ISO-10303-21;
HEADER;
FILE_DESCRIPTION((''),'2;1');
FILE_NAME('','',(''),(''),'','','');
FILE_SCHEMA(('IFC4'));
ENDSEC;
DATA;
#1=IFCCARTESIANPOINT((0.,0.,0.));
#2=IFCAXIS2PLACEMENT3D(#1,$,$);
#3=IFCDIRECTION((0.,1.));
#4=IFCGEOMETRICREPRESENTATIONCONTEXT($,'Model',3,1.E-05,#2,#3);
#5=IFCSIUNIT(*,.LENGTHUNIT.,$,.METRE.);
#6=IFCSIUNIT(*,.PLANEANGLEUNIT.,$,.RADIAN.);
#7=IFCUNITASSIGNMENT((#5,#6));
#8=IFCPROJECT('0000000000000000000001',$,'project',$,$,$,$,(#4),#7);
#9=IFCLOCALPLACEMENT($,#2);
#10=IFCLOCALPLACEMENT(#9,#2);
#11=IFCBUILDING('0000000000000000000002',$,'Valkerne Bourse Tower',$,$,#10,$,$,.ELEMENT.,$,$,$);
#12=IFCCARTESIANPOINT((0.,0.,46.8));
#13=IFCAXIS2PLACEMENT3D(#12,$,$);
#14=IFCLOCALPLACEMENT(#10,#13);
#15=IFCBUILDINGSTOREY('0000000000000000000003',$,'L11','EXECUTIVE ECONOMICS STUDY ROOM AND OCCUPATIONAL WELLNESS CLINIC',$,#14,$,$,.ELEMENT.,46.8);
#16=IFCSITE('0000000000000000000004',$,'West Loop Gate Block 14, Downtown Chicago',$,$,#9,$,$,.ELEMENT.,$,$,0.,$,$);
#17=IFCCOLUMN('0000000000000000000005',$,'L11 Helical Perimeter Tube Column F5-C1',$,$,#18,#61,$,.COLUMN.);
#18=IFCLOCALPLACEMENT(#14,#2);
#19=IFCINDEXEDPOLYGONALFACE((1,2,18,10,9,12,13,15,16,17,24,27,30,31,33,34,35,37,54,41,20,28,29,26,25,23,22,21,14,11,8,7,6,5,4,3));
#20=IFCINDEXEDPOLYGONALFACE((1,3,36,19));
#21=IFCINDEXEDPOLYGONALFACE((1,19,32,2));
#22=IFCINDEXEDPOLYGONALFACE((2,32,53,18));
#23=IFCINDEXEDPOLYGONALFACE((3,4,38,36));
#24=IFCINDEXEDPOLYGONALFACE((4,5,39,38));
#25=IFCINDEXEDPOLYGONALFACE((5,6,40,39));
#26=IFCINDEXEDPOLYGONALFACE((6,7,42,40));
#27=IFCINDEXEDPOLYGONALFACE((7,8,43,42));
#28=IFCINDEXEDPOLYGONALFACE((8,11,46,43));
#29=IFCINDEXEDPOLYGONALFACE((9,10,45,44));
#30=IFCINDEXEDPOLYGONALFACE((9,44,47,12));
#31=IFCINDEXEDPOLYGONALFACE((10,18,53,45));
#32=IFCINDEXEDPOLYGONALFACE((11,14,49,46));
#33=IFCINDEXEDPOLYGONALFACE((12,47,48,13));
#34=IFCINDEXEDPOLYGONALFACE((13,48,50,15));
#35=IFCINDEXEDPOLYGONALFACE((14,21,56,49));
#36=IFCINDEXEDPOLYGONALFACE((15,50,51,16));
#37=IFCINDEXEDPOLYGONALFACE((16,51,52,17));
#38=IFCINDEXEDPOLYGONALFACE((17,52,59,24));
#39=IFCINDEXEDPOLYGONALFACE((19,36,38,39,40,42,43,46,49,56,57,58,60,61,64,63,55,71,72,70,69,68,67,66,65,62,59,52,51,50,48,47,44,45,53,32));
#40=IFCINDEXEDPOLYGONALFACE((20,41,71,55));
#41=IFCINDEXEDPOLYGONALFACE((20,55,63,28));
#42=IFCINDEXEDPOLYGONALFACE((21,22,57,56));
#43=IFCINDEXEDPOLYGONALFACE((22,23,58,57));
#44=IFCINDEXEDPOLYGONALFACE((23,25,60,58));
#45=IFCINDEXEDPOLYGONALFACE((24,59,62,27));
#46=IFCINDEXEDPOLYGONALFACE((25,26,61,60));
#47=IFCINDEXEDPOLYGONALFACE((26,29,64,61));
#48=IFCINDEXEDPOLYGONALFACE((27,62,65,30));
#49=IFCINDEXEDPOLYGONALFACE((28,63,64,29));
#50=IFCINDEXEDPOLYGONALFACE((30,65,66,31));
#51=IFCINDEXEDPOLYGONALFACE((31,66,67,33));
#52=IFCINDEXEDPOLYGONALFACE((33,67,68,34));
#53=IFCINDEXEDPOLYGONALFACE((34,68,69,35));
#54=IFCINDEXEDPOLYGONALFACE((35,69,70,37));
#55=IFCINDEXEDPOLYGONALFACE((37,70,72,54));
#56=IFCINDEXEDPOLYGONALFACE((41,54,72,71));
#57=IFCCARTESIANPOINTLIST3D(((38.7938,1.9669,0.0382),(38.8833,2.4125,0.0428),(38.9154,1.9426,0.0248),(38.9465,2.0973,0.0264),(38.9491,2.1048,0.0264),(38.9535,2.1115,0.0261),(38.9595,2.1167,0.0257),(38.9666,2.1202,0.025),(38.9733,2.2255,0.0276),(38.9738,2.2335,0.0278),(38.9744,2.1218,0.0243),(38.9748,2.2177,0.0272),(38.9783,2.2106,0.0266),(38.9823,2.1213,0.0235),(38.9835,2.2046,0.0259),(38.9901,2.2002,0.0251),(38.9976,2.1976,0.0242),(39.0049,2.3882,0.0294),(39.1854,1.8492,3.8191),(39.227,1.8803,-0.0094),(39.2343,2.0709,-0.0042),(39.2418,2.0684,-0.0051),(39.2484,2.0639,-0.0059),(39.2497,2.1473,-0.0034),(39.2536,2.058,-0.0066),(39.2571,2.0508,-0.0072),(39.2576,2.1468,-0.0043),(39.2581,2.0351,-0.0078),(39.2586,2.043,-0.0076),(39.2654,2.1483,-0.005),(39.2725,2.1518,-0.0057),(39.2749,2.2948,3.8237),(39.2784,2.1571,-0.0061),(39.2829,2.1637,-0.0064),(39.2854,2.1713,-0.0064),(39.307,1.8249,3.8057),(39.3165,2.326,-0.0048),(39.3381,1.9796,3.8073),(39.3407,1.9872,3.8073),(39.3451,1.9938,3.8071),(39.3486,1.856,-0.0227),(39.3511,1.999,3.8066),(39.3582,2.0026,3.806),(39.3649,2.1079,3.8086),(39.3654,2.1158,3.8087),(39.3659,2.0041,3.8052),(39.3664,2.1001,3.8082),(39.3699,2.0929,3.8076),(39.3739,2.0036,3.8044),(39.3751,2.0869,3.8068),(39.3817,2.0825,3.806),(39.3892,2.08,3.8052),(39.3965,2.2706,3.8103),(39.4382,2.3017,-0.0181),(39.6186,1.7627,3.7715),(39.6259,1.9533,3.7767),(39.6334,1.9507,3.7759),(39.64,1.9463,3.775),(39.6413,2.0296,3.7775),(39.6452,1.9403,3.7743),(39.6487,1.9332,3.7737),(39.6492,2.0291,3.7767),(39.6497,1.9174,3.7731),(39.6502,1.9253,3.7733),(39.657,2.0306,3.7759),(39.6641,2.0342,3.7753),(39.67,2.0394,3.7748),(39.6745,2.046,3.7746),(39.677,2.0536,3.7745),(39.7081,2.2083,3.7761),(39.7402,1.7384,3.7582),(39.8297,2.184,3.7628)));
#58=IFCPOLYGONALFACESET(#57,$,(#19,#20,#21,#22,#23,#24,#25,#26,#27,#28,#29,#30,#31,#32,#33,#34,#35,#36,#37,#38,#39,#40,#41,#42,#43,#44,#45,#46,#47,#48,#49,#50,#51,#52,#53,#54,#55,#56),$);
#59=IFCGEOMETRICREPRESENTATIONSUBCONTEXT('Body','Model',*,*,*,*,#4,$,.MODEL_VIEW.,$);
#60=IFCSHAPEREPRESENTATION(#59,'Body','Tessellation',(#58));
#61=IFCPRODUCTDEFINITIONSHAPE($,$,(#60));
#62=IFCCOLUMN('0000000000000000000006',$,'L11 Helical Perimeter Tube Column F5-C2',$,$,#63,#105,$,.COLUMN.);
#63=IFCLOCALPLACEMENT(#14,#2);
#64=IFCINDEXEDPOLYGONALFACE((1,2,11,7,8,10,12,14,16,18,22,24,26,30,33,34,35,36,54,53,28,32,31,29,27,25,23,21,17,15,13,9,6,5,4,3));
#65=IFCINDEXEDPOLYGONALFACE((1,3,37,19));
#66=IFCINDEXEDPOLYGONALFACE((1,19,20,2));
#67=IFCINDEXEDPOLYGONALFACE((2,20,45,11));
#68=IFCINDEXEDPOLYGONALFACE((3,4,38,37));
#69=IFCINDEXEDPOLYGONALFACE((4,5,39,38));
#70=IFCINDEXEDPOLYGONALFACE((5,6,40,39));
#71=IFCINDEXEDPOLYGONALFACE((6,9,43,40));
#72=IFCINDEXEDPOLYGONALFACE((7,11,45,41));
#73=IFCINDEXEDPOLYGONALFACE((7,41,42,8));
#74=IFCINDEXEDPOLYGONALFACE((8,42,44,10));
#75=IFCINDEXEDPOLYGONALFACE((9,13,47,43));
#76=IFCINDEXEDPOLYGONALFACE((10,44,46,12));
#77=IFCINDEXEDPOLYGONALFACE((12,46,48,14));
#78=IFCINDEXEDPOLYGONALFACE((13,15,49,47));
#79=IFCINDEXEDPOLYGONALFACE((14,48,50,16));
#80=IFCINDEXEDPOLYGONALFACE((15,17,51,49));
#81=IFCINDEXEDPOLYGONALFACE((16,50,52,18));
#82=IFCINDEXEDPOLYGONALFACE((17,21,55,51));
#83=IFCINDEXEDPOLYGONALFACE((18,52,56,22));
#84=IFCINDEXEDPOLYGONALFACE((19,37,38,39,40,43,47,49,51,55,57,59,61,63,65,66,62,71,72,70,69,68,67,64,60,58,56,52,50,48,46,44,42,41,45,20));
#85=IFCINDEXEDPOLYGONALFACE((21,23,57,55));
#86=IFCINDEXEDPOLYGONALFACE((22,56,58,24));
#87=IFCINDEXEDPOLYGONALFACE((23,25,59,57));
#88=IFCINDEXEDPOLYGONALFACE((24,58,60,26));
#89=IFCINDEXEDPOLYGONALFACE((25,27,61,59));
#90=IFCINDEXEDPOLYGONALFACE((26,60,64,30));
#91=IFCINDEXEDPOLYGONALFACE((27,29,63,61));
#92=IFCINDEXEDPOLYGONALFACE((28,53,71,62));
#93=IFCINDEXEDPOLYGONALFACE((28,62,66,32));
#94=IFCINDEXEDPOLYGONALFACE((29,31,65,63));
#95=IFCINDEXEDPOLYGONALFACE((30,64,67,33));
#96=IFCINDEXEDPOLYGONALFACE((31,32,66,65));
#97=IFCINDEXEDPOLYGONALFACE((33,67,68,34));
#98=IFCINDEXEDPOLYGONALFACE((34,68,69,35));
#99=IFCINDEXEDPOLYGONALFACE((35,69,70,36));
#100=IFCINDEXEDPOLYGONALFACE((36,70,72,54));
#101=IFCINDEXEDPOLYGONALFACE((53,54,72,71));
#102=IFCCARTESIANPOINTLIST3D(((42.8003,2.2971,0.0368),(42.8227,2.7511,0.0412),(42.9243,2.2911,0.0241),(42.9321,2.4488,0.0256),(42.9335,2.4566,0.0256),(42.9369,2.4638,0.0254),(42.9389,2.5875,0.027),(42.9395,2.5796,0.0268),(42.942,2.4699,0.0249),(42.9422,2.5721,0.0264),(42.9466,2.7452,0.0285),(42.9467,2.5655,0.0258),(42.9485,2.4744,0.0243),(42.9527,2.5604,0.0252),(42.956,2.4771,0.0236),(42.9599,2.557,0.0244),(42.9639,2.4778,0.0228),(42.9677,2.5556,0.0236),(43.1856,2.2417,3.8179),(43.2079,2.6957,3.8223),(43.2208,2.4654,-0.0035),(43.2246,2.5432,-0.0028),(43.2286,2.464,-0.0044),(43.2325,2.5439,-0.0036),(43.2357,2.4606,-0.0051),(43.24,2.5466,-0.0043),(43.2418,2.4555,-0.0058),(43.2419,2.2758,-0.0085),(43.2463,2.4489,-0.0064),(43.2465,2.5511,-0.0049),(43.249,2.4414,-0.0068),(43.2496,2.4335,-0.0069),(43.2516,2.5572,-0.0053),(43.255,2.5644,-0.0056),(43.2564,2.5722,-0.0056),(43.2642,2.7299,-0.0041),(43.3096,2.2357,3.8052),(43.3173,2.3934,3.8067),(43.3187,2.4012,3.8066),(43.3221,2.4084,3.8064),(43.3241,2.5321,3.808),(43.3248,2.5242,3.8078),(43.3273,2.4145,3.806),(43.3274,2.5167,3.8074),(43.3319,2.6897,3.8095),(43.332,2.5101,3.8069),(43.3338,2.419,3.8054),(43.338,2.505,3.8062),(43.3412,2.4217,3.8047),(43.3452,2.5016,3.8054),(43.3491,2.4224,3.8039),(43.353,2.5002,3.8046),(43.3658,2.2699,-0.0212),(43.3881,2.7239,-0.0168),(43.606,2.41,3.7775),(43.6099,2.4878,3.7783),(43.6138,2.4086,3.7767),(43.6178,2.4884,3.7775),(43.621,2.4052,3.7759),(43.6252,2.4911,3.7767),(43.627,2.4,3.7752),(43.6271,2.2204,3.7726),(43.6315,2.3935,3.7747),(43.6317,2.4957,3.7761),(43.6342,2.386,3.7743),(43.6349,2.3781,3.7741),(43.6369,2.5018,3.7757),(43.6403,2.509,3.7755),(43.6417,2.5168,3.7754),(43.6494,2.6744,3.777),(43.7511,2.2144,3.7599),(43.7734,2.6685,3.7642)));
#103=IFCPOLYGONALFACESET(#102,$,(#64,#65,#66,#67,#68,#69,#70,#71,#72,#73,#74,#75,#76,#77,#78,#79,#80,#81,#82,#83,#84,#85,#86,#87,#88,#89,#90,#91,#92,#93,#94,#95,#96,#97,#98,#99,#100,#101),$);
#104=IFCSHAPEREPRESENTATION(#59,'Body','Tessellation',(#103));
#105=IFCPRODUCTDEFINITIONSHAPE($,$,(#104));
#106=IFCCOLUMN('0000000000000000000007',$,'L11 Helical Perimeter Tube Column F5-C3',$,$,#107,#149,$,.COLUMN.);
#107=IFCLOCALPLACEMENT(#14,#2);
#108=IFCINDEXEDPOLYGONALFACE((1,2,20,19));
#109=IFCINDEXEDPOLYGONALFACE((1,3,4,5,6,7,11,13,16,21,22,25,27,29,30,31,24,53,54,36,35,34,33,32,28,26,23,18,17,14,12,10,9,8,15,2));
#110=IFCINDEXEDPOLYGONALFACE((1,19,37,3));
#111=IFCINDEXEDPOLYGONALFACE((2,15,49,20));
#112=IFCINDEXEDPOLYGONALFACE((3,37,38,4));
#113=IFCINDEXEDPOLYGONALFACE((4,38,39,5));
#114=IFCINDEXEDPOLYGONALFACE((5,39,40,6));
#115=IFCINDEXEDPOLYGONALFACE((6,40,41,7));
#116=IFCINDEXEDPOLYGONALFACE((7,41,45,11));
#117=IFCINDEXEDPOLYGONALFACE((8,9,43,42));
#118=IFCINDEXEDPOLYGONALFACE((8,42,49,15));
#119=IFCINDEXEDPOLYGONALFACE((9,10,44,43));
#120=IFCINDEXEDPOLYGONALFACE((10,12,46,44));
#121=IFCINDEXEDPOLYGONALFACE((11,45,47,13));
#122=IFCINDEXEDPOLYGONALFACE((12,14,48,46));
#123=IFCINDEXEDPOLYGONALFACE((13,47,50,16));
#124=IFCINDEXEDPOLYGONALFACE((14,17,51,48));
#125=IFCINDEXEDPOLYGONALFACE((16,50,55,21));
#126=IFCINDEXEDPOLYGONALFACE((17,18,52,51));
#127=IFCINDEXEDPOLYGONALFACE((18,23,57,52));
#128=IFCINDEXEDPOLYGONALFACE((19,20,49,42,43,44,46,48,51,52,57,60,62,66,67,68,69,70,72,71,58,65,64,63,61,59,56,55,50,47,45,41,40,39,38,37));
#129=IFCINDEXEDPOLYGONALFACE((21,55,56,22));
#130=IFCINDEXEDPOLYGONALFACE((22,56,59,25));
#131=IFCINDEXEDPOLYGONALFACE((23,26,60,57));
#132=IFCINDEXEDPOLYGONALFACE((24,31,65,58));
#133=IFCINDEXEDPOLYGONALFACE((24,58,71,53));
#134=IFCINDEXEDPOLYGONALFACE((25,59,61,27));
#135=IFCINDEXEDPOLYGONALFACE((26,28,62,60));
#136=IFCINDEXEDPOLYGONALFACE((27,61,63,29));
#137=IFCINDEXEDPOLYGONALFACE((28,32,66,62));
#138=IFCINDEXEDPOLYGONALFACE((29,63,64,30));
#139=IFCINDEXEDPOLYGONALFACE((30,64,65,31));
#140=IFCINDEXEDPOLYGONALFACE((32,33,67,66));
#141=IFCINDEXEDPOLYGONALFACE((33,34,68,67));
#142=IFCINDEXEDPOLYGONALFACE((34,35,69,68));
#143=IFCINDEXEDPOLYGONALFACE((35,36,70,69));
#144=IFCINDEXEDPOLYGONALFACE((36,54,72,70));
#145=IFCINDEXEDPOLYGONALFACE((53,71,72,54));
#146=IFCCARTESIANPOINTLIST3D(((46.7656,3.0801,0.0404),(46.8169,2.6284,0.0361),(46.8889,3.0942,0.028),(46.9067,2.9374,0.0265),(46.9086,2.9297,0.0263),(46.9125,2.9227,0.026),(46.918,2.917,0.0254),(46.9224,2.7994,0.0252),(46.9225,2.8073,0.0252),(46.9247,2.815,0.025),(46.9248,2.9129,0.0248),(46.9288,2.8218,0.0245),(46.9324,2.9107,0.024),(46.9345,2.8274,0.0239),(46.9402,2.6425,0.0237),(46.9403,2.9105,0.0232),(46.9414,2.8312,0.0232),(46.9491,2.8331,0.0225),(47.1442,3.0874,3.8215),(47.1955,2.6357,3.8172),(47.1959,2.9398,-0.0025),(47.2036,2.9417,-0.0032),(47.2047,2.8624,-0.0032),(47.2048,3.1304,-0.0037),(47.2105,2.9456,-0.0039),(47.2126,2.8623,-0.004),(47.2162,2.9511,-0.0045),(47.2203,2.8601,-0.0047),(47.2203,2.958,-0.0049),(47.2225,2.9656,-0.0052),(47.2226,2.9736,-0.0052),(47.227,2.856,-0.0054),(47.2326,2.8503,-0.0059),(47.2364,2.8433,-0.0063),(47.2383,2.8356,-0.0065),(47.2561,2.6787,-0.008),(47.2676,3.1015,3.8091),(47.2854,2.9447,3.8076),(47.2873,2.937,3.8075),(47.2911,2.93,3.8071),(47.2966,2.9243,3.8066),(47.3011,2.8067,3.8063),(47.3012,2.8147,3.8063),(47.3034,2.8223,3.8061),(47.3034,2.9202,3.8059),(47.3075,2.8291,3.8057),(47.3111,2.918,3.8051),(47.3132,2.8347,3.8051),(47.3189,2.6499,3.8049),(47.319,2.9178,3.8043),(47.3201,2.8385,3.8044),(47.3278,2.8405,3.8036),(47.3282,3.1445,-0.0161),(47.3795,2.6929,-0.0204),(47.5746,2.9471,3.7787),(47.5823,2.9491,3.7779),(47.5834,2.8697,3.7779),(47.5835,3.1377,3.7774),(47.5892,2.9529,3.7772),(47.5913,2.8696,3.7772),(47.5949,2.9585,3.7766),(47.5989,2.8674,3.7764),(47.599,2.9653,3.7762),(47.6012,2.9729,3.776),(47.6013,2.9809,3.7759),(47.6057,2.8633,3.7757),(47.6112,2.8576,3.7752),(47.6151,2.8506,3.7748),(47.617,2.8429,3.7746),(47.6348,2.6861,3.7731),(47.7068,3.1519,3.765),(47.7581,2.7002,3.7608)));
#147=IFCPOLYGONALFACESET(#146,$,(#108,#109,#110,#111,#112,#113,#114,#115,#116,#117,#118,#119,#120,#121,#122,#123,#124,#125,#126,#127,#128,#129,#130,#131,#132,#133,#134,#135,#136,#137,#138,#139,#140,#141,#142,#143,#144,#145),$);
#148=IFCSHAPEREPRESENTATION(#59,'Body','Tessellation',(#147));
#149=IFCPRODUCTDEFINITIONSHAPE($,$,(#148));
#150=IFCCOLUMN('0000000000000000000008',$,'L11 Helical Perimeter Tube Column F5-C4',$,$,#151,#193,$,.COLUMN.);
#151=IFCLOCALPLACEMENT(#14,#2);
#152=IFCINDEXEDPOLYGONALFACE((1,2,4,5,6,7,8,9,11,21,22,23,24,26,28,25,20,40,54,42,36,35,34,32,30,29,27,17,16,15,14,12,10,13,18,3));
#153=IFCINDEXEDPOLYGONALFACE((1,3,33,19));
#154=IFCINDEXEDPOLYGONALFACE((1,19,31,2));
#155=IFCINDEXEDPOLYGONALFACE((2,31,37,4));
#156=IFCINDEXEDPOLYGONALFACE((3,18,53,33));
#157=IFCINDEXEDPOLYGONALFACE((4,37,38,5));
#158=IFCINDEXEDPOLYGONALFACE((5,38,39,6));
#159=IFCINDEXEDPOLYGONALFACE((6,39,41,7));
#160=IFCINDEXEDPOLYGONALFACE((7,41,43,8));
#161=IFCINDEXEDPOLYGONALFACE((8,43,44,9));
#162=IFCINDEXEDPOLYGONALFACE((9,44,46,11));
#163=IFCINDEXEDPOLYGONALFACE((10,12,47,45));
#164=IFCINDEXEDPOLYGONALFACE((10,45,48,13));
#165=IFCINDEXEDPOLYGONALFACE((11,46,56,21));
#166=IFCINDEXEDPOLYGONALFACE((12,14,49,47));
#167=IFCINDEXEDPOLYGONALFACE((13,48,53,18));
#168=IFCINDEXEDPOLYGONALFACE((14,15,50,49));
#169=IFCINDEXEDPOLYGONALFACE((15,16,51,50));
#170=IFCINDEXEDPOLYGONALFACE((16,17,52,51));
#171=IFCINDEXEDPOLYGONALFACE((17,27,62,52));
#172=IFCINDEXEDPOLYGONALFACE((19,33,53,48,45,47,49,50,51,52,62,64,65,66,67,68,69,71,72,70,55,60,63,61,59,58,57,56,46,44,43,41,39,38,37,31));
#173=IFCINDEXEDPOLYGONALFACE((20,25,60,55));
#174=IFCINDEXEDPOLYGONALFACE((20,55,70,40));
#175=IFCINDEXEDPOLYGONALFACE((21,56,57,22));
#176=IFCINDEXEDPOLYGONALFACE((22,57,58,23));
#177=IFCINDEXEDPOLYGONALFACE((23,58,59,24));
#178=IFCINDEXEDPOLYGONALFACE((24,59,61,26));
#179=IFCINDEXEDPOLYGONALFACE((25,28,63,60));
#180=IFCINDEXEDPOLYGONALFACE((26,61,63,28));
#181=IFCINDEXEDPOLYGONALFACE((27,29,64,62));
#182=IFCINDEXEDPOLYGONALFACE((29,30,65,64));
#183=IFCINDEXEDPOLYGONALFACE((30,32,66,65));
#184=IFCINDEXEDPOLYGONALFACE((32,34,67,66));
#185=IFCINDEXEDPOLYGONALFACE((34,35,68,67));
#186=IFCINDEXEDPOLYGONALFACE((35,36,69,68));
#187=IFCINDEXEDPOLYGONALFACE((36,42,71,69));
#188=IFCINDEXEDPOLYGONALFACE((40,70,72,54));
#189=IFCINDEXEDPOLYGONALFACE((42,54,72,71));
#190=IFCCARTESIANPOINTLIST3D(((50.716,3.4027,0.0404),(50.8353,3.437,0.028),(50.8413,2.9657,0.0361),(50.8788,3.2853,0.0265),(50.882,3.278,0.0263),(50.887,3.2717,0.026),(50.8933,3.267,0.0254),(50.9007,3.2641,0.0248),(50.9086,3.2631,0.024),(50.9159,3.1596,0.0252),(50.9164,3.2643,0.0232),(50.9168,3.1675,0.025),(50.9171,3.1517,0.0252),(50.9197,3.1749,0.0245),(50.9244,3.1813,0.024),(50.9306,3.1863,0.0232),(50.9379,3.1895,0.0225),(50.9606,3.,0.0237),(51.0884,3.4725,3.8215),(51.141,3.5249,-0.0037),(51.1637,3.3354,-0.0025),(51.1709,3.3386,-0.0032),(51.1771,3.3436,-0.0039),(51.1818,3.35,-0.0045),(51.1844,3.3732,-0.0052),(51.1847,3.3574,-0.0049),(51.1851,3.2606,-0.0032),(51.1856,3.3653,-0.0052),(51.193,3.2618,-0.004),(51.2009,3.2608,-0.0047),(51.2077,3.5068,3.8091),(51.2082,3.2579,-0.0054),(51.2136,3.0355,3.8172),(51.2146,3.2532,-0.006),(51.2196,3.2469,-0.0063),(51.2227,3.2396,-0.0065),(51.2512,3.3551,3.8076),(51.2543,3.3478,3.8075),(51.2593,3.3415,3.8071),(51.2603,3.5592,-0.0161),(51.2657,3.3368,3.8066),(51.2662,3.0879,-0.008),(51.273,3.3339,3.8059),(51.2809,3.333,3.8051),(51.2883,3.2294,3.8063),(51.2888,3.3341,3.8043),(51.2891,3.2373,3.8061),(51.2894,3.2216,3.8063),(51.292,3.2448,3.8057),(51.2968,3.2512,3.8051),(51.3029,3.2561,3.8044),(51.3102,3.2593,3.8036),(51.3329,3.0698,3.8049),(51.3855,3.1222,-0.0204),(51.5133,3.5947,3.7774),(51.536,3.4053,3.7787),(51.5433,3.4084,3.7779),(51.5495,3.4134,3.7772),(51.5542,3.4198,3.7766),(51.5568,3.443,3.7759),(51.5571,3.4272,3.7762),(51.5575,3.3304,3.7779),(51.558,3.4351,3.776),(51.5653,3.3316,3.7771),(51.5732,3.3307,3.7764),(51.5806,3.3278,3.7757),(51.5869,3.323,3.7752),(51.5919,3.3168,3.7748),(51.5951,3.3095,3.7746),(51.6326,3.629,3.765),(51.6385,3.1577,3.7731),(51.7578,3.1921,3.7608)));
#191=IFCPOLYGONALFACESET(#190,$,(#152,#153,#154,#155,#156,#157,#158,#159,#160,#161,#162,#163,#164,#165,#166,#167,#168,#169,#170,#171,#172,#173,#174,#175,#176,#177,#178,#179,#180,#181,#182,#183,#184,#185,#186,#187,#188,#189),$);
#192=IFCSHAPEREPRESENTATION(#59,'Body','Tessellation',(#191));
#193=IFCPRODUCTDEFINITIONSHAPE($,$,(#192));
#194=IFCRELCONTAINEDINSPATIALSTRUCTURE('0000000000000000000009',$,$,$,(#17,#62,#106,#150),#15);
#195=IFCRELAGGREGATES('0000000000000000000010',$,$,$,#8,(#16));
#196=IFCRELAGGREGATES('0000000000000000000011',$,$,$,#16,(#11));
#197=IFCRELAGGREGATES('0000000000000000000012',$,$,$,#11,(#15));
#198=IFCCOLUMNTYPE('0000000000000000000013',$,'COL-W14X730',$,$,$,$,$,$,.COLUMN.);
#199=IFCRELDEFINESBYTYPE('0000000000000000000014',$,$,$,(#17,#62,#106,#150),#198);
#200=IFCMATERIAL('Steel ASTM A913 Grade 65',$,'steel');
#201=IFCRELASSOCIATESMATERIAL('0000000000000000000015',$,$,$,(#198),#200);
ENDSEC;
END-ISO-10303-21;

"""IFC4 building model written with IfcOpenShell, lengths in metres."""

from ifc_helpers import new_model, si_unit, direction, frame, origin, origin_2d, place, context, subcontext, project, spatial, i_section, extrude, material, material_profile, profile_set, type_object, element, save


model = new_model("IFC4")

# Units and contexts
model_context = context("Model", 3, precision=1e-05, world=origin(), true_north=direction((0.0, 1.0)))
body_context = subcontext(model_context, "Body", "Model", "MODEL_VIEW")
ifc_project = project(units=[si_unit("LENGTHUNIT", "METRE"), si_unit("PLANEANGLEUNIT", "RADIAN")], contexts=[model_context])

# Site, building, storey
site_placement = place(None, origin())
site = spatial("IfcSite", under=ifc_project, at=site_placement, Name="West Loop Gate Block 14, Downtown Chicago", CompositionType="ELEMENT", RefElevation=0.0)
building_placement = place(site_placement, origin())
building = spatial("IfcBuilding", under=site, at=building_placement, Name="Valkerne Bourse Tower", CompositionType="ELEMENT")
storey_placement = place(building_placement, frame((0.0, 0.0, 46.8)))
storey = spatial("IfcBuildingStorey", under=building, at=storey_placement, Name="L11", Description="EXECUTIVE ECONOMICS STUDY ROOM AND OCCUPATIONAL WELLNESS CLINIC", CompositionType="ELEMENT", Elevation=46.8)

# Columns
ifc_material_1 = material(Name="Steel ASTM A913 Grade 65", Category="steel")
ifc_material_profile_1 = material_profile(ifc_material_1, i_section(OverallWidth=0.4546, OverallDepth=0.5691, WebThickness=0.0779, FlangeThickness=0.1248, FilletRadius=0.0305, at=origin_2d()), Name="W14X730")
ifc_profile_set_1 = profile_set([ifc_material_profile_1], Name="Steel ASTM A913 Grade 65")
column_type = type_object("IfcColumnType", Name="COL-W14X730", PredefinedType="COLUMN", material=ifc_profile_set_1)
column_1_placement = place(storey_placement, frame((39.116, 2.1343, 0.01), z_axis=(0.10297, -0.030942, 0.994203), x_axis=(0.196904, 0.98037, 0.010118)))
element("IfcColumn", 1, at=column_1_placement, inside=storey, type_object=column_type, Name="L11 Helical Perimeter Tube Column F5-C1", PredefinedType="COLUMN", context=body_context, shape_type="SweptSolid", body=[
    extrude(i_section(OverallWidth=0.4546, OverallDepth=0.5691, WebThickness=0.0779, FlangeThickness=0.1248, FilletRadius=0.0305, at=origin_2d()), origin(), (0.0, 0.0, 1.0), 3.803),
])
column_2_placement = place(storey_placement, frame((43.0942, 2.5105, 0.01), z_axis=(0.101356, -0.01458, 0.994743), x_axis=(0.049096, 0.998748, 0.009637)))
element("IfcColumn", 2, at=column_2_placement, inside=storey, type_object=column_type, Name="L11 Helical Perimeter Tube Column F5-C2", PredefinedType="COLUMN", context=body_context, shape_type="SweptSolid", body=[
    extrude(i_section(OverallWidth=0.4546, OverallDepth=0.5691, WebThickness=0.0779, FlangeThickness=0.1248, FilletRadius=0.0305, at=origin_2d()), origin(), (0.0, 0.0, 1.0), 3.801),
])
for number, where, z_axis, x_axis, name in (
    (3, (47.0725, 2.8865, 0.01), (0.09965, 0.001927, 0.995021), (-0.112875, 0.993565, 0.00938), "L11 Helical Perimeter Tube Column F5-C3"),
    (4, (51.0508, 3.2625, 0.01), (0.097979, 0.018375, 0.995019), (-0.275544, 0.961243, 0.009381), "L11 Helical Perimeter Tube Column F5-C4"),
):
    element("IfcColumn", number, at=place(storey_placement, frame(where, z_axis=z_axis, x_axis=x_axis)), inside=storey, type_object=column_type, Name=name, PredefinedType="COLUMN", context=body_context, shape_type="SweptSolid", body=[
        extrude(i_section(OverallWidth=0.4546, OverallDepth=0.5691, WebThickness=0.0779, FlangeThickness=0.1248, FilletRadius=0.0305, at=origin_2d()), origin(), (0.0, 0.0, 1.0), 3.8),
    ])

save(model, "model.ifc")
